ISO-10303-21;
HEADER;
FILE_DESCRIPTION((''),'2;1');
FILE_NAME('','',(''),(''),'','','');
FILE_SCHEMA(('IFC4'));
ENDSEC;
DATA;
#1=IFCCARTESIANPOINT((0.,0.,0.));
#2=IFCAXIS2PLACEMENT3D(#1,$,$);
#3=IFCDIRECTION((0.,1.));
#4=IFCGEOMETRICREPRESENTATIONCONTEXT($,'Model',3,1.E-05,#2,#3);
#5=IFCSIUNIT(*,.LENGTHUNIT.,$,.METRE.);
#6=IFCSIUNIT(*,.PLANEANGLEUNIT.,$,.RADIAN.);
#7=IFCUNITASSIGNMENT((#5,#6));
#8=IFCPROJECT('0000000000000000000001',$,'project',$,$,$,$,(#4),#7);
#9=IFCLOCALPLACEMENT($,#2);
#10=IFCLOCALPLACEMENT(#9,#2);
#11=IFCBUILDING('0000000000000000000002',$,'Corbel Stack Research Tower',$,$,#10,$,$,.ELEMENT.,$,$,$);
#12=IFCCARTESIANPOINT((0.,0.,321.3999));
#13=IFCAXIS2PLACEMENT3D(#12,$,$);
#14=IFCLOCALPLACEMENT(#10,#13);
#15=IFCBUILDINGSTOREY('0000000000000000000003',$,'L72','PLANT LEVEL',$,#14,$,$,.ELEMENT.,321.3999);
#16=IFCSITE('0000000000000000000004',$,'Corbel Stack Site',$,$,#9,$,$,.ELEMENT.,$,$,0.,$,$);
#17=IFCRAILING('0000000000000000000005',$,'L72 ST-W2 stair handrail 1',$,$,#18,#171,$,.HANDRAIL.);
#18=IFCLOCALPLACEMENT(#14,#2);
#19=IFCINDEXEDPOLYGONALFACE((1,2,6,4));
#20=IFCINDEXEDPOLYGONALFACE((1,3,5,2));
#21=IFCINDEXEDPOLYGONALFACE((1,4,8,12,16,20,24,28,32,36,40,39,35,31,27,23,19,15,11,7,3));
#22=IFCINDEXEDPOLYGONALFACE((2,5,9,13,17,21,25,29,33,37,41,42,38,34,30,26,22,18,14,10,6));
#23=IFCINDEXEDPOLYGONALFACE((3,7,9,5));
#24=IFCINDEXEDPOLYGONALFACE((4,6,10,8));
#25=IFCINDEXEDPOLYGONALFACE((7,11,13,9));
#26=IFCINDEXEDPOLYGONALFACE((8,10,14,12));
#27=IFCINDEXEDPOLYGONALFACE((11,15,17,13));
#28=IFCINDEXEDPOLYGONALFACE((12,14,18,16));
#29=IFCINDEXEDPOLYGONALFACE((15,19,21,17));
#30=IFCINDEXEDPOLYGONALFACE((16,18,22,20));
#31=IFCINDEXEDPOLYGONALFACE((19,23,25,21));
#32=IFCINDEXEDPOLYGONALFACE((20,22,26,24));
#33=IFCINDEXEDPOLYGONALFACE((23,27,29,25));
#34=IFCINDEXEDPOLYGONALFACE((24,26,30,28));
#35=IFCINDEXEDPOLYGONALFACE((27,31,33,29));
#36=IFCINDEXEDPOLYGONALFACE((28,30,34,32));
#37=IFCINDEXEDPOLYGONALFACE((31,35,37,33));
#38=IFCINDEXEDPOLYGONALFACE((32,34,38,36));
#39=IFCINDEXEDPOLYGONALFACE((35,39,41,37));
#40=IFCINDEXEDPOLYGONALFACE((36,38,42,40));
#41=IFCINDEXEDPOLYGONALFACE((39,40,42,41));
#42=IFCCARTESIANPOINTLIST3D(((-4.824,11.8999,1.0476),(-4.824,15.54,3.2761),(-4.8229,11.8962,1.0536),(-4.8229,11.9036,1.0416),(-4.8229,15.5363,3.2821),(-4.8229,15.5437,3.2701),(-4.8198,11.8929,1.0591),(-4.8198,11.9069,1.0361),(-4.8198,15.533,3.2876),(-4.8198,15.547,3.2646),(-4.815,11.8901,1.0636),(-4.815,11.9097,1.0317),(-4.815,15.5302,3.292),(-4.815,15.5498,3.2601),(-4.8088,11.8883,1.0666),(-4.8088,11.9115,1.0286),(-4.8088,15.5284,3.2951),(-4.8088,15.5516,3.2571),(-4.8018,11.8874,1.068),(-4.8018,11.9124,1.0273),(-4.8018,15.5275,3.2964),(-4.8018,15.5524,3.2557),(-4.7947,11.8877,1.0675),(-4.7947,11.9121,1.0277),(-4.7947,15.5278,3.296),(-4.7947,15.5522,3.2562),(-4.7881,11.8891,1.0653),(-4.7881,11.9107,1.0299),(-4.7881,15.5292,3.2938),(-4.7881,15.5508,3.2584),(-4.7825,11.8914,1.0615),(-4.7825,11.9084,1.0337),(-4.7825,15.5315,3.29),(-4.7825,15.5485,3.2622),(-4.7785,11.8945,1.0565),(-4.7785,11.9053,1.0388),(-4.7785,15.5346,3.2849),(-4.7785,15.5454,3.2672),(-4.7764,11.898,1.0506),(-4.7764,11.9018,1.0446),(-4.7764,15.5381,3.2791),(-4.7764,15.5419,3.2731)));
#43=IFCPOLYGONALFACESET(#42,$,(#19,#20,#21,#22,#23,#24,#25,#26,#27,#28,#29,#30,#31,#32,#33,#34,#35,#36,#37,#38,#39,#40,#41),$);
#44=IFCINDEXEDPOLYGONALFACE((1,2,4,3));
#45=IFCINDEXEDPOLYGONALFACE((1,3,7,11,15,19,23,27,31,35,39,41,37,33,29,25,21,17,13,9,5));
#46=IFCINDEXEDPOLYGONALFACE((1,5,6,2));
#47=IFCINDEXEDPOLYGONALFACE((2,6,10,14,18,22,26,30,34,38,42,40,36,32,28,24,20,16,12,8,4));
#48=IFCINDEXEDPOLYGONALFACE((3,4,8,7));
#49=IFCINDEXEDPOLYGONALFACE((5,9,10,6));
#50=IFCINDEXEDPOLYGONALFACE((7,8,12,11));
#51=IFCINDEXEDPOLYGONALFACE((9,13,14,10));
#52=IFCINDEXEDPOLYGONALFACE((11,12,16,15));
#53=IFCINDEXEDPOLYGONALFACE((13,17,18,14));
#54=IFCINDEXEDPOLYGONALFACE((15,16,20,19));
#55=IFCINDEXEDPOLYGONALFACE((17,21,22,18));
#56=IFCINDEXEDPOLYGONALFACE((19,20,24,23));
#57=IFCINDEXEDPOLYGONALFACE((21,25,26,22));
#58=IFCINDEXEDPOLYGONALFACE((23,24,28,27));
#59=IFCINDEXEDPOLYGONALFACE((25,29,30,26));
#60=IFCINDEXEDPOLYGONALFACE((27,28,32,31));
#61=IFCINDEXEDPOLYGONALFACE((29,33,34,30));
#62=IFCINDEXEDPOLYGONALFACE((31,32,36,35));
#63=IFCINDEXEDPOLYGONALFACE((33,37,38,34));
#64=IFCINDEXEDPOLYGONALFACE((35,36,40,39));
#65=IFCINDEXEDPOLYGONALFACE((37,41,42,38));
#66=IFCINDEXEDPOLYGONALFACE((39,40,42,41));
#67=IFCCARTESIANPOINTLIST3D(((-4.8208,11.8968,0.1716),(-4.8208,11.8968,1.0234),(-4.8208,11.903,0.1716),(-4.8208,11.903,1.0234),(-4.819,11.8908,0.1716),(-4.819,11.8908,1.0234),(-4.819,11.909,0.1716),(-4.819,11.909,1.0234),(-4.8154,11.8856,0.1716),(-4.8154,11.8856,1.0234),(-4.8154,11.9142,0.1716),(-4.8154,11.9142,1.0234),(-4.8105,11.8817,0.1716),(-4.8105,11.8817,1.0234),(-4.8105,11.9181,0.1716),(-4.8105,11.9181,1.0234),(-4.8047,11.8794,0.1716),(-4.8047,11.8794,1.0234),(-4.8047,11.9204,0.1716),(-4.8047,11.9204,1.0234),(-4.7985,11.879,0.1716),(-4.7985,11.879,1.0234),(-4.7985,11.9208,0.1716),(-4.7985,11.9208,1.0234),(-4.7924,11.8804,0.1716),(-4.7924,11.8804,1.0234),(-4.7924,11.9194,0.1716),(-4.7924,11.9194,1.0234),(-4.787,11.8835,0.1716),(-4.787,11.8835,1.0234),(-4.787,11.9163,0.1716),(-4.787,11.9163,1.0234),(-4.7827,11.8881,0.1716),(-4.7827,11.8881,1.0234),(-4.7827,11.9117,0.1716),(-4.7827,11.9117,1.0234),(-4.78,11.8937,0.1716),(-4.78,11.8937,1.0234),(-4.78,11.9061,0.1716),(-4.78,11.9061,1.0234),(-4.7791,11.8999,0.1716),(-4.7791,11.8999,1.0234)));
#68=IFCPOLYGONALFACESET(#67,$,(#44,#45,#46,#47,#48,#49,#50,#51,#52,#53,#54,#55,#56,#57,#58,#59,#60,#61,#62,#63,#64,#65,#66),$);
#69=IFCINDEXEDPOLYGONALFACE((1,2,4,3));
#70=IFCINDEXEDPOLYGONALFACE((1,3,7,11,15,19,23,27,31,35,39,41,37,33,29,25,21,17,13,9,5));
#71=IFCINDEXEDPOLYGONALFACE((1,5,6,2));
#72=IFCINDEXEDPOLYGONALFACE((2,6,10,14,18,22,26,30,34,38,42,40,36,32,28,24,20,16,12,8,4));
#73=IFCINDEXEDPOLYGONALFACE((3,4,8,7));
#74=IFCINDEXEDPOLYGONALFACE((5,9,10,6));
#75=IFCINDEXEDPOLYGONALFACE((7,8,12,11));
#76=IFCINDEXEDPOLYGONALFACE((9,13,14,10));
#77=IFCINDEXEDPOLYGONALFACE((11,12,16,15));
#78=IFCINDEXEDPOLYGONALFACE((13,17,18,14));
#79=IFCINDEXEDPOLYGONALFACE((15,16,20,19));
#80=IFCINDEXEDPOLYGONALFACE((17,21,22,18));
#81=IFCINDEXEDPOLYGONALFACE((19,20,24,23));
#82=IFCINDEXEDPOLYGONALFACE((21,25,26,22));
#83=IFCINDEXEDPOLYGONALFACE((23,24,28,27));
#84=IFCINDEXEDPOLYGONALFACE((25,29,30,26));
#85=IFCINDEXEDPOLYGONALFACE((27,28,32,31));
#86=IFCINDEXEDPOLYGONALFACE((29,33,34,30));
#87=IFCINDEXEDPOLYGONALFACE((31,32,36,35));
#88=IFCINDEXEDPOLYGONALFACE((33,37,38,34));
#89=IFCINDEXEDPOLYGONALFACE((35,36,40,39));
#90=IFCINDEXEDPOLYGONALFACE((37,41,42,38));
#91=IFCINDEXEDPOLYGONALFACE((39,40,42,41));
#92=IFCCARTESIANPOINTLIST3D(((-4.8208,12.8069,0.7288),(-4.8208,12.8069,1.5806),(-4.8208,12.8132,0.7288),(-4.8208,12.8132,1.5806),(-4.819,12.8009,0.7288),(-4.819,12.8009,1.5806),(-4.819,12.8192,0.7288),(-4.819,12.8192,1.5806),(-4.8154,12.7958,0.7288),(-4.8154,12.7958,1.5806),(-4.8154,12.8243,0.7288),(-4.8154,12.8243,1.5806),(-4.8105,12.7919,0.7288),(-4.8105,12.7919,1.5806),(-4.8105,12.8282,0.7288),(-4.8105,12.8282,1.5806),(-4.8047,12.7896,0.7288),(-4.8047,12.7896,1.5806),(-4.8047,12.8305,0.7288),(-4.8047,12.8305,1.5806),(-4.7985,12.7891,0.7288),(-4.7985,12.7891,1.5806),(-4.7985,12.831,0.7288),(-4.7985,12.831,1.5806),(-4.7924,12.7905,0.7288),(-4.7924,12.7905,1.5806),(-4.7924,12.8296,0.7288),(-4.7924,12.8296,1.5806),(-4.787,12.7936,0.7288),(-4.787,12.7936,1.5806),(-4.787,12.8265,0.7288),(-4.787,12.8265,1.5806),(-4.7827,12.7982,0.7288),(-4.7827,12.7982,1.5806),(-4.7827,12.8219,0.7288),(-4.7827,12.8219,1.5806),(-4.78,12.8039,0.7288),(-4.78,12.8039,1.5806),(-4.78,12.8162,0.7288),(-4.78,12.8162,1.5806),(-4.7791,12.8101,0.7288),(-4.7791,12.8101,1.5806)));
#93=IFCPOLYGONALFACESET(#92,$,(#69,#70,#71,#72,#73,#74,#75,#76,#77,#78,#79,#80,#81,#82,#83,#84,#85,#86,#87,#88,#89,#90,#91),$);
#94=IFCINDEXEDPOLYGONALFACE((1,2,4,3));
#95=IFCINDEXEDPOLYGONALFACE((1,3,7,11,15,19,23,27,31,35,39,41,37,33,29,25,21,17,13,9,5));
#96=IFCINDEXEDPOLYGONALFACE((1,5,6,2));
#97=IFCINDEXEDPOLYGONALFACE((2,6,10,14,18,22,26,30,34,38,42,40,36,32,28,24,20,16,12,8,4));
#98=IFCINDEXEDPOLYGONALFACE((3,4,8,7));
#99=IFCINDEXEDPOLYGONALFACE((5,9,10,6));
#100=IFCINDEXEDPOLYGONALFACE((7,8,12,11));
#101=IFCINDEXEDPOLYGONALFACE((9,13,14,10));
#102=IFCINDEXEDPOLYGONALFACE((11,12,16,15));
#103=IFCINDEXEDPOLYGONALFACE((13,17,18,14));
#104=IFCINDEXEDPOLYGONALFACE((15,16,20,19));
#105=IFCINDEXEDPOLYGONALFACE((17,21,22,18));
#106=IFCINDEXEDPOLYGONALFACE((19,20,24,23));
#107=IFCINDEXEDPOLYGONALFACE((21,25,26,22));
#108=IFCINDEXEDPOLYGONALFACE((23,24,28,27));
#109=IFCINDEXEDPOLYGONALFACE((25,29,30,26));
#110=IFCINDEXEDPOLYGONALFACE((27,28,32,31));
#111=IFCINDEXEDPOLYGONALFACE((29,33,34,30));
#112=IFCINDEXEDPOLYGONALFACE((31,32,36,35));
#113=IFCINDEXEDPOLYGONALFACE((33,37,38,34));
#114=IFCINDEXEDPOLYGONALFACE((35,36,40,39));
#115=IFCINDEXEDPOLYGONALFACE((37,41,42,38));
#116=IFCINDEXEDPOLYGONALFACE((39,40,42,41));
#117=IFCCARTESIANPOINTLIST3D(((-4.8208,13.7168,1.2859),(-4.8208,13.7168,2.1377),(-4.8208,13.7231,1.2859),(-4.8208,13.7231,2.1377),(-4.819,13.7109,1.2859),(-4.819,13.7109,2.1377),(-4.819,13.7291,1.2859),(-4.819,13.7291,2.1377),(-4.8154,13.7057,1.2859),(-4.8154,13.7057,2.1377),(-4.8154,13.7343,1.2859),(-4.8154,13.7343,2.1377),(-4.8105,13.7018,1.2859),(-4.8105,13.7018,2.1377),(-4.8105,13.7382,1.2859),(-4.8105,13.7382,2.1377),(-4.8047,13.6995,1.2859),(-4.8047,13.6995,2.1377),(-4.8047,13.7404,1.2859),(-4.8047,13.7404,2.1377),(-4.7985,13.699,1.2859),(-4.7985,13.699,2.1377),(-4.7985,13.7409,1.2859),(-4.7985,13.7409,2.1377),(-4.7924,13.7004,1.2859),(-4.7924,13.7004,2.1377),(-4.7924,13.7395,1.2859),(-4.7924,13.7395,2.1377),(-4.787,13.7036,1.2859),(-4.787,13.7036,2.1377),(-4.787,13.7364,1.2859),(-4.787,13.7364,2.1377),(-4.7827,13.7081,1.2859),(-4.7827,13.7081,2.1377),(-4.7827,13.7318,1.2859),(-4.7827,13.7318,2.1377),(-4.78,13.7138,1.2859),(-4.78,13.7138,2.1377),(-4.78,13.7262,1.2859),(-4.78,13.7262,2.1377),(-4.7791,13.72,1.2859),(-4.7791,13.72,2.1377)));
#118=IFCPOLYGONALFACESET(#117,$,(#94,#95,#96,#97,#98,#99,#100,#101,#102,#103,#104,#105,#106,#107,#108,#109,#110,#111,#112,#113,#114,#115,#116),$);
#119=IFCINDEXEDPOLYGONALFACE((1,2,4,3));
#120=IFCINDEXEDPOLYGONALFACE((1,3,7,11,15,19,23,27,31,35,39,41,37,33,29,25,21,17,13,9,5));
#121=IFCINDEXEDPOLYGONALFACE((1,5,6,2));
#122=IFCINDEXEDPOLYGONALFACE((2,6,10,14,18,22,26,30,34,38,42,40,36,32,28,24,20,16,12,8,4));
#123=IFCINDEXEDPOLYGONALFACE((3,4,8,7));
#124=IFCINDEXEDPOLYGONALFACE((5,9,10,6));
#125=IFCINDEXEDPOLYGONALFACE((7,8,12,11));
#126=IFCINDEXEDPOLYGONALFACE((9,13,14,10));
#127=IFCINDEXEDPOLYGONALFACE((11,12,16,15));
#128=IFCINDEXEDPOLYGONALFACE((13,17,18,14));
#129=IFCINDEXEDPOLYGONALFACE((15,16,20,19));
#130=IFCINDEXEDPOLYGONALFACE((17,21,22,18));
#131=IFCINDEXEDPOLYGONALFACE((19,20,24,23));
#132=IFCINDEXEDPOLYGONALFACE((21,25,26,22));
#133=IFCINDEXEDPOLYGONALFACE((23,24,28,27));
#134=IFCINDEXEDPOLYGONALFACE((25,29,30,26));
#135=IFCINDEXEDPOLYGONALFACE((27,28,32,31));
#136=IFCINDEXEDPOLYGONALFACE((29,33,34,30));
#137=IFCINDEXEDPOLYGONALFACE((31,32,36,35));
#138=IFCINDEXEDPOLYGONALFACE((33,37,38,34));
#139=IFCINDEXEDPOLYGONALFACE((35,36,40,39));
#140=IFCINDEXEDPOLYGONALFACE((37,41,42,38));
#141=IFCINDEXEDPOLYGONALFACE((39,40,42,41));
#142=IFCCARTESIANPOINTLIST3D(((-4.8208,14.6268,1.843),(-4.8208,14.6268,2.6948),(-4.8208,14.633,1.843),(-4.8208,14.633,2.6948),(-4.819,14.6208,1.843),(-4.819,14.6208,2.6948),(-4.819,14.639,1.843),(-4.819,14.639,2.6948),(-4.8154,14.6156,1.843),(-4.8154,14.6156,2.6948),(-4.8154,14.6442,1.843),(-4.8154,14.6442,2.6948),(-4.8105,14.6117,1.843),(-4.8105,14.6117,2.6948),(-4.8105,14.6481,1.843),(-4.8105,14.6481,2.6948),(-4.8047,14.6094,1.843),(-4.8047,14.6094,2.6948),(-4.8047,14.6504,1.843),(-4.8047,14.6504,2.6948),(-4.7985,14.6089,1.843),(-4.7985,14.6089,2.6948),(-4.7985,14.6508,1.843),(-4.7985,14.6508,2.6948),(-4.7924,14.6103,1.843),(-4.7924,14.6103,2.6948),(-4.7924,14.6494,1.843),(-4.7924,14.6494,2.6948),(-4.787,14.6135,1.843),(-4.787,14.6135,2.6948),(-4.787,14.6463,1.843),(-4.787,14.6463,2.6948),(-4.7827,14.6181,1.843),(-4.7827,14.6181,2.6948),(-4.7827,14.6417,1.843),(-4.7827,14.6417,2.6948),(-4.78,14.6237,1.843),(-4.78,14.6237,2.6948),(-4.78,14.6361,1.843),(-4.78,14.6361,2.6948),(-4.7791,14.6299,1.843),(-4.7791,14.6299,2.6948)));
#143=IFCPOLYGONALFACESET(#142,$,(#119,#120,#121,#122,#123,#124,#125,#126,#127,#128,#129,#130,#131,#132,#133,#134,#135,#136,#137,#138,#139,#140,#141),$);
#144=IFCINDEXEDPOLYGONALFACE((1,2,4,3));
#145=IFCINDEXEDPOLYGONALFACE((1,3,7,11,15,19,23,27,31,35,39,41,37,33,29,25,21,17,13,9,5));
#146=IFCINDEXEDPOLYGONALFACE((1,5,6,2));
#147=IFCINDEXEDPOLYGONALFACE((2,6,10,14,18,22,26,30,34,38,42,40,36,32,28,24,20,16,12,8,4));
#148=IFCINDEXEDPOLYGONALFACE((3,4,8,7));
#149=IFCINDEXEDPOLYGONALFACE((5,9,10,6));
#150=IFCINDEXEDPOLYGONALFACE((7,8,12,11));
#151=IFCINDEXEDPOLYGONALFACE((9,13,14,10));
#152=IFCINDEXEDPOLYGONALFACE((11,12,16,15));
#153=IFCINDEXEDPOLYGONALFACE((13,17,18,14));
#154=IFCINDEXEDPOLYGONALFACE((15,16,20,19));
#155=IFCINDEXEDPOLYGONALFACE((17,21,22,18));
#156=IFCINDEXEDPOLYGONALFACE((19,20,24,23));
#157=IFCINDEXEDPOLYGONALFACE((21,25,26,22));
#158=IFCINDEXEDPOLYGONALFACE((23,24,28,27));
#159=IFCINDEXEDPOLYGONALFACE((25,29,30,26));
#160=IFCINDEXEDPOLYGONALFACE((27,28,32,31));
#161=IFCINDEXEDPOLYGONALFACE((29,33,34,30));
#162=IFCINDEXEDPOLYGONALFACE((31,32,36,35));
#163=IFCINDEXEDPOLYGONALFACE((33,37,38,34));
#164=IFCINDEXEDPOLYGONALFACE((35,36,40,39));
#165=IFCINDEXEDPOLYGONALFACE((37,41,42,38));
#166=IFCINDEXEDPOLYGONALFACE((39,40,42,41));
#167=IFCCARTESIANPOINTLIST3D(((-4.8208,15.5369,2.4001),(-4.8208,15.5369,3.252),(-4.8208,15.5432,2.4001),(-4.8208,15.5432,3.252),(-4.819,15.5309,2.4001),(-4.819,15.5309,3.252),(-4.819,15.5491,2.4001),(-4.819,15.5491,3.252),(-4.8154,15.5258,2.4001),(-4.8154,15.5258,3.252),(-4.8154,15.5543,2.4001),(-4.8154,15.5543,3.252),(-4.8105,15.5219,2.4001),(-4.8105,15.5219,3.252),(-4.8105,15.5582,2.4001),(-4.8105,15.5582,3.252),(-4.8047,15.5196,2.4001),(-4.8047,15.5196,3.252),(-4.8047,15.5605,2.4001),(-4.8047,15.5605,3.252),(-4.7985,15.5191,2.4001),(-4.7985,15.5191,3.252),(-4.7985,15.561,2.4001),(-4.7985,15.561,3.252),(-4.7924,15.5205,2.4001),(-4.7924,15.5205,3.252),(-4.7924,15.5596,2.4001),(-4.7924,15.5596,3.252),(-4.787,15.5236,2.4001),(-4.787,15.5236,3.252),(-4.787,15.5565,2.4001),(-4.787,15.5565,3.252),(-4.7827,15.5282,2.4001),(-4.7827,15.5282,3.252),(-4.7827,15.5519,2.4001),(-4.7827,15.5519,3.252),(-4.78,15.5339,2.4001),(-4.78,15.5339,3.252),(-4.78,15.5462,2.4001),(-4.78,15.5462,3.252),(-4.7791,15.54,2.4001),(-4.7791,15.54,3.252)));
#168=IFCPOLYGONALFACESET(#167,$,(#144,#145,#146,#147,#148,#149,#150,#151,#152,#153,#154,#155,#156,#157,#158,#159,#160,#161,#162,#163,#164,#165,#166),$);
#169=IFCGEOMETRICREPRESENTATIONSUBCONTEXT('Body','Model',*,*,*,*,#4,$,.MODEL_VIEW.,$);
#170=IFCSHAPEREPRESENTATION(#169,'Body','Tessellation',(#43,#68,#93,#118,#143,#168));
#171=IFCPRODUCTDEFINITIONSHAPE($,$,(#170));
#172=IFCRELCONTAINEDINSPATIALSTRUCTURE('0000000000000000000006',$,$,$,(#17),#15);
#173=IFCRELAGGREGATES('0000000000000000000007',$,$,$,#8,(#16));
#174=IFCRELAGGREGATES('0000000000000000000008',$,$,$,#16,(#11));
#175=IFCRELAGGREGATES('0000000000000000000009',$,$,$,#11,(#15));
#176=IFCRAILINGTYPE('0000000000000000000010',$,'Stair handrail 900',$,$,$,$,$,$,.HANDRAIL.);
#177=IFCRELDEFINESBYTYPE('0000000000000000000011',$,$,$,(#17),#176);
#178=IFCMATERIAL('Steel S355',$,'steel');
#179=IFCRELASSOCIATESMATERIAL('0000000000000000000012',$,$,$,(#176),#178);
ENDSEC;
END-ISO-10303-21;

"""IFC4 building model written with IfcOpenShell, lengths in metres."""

from ifc_helpers import new_model, si_unit, direction, frame, origin, origin_2d, place, context, subcontext, project, spatial, circle, extrude, material, type_object, element, save


model = new_model("IFC4")

# Units and contexts
model_context = context("Model", 3, precision=1e-05, world=origin(), true_north=direction((0.0, 1.0)))
body_context = subcontext(model_context, "Body", "Model", "MODEL_VIEW")
ifc_project = project(units=[si_unit("LENGTHUNIT", "METRE"), si_unit("PLANEANGLEUNIT", "RADIAN")], contexts=[model_context])

# Site, building, storey
site_placement = place(None, origin())
site = spatial("IfcSite", under=ifc_project, at=site_placement, Name="Corbel Stack Site", CompositionType="ELEMENT", RefElevation=0.0)
building_placement = place(site_placement, origin())
building = spatial("IfcBuilding", under=site, at=building_placement, Name="Corbel Stack Research Tower", CompositionType="ELEMENT")
storey_placement = place(building_placement, frame((0.0, 0.0, 321.3999)))
storey = spatial("IfcBuildingStorey", under=building, at=storey_placement, Name="L72", Description="PLANT LEVEL", CompositionType="ELEMENT", Elevation=321.3999)

# Railing
ifc_material_1 = material(Name="Steel S355", Category="steel")
railing_type_1 = type_object("IfcRailingType", Name="Stair handrail 900", PredefinedType="HANDRAIL", material=ifc_material_1)
railing_1_placement = place(storey_placement, frame((-4.8, 11.8999, 0.1716)))
element("IfcRailing", 1, at=railing_1_placement, inside=storey, type_object=railing_type_1, Name="L72 ST-W2 stair handrail 1", PredefinedType="HANDRAIL", context=body_context, shape_type="SweptSolid", body=[
    extrude(circle(Radius=0.0239, at=origin_2d()), frame((0.0, 0.0, 0.876), z_axis=(0.0, 0.852866, 0.52213), x_axis=(-1.0, 0.0, 0.0)), (0.0, 0.0, 1.0), 4.2681),
    extrude(circle(Radius=0.021, at=origin_2d()), origin(), (0.0, 0.0, 1.0), 0.8518),
    extrude(circle(Radius=0.021, at=origin_2d()), frame((0.0, 0.9102, 0.5571)), (0.0, 0.0, 1.0), 0.8518),
    extrude(circle(Radius=0.021, at=origin_2d()), frame((0.0, 1.8201, 1.1143)), (0.0, 0.0, 1.0), 0.8518),
    extrude(circle(Radius=0.021, at=origin_2d()), frame((0.0, 2.73, 1.6714)), (0.0, 0.0, 1.0), 0.8518),
    extrude(circle(Radius=0.021, at=origin_2d()), frame((0.0, 3.6401, 2.2285)), (0.0, 0.0, 1.0), 0.8518),
])

save(model, "model.ifc")
